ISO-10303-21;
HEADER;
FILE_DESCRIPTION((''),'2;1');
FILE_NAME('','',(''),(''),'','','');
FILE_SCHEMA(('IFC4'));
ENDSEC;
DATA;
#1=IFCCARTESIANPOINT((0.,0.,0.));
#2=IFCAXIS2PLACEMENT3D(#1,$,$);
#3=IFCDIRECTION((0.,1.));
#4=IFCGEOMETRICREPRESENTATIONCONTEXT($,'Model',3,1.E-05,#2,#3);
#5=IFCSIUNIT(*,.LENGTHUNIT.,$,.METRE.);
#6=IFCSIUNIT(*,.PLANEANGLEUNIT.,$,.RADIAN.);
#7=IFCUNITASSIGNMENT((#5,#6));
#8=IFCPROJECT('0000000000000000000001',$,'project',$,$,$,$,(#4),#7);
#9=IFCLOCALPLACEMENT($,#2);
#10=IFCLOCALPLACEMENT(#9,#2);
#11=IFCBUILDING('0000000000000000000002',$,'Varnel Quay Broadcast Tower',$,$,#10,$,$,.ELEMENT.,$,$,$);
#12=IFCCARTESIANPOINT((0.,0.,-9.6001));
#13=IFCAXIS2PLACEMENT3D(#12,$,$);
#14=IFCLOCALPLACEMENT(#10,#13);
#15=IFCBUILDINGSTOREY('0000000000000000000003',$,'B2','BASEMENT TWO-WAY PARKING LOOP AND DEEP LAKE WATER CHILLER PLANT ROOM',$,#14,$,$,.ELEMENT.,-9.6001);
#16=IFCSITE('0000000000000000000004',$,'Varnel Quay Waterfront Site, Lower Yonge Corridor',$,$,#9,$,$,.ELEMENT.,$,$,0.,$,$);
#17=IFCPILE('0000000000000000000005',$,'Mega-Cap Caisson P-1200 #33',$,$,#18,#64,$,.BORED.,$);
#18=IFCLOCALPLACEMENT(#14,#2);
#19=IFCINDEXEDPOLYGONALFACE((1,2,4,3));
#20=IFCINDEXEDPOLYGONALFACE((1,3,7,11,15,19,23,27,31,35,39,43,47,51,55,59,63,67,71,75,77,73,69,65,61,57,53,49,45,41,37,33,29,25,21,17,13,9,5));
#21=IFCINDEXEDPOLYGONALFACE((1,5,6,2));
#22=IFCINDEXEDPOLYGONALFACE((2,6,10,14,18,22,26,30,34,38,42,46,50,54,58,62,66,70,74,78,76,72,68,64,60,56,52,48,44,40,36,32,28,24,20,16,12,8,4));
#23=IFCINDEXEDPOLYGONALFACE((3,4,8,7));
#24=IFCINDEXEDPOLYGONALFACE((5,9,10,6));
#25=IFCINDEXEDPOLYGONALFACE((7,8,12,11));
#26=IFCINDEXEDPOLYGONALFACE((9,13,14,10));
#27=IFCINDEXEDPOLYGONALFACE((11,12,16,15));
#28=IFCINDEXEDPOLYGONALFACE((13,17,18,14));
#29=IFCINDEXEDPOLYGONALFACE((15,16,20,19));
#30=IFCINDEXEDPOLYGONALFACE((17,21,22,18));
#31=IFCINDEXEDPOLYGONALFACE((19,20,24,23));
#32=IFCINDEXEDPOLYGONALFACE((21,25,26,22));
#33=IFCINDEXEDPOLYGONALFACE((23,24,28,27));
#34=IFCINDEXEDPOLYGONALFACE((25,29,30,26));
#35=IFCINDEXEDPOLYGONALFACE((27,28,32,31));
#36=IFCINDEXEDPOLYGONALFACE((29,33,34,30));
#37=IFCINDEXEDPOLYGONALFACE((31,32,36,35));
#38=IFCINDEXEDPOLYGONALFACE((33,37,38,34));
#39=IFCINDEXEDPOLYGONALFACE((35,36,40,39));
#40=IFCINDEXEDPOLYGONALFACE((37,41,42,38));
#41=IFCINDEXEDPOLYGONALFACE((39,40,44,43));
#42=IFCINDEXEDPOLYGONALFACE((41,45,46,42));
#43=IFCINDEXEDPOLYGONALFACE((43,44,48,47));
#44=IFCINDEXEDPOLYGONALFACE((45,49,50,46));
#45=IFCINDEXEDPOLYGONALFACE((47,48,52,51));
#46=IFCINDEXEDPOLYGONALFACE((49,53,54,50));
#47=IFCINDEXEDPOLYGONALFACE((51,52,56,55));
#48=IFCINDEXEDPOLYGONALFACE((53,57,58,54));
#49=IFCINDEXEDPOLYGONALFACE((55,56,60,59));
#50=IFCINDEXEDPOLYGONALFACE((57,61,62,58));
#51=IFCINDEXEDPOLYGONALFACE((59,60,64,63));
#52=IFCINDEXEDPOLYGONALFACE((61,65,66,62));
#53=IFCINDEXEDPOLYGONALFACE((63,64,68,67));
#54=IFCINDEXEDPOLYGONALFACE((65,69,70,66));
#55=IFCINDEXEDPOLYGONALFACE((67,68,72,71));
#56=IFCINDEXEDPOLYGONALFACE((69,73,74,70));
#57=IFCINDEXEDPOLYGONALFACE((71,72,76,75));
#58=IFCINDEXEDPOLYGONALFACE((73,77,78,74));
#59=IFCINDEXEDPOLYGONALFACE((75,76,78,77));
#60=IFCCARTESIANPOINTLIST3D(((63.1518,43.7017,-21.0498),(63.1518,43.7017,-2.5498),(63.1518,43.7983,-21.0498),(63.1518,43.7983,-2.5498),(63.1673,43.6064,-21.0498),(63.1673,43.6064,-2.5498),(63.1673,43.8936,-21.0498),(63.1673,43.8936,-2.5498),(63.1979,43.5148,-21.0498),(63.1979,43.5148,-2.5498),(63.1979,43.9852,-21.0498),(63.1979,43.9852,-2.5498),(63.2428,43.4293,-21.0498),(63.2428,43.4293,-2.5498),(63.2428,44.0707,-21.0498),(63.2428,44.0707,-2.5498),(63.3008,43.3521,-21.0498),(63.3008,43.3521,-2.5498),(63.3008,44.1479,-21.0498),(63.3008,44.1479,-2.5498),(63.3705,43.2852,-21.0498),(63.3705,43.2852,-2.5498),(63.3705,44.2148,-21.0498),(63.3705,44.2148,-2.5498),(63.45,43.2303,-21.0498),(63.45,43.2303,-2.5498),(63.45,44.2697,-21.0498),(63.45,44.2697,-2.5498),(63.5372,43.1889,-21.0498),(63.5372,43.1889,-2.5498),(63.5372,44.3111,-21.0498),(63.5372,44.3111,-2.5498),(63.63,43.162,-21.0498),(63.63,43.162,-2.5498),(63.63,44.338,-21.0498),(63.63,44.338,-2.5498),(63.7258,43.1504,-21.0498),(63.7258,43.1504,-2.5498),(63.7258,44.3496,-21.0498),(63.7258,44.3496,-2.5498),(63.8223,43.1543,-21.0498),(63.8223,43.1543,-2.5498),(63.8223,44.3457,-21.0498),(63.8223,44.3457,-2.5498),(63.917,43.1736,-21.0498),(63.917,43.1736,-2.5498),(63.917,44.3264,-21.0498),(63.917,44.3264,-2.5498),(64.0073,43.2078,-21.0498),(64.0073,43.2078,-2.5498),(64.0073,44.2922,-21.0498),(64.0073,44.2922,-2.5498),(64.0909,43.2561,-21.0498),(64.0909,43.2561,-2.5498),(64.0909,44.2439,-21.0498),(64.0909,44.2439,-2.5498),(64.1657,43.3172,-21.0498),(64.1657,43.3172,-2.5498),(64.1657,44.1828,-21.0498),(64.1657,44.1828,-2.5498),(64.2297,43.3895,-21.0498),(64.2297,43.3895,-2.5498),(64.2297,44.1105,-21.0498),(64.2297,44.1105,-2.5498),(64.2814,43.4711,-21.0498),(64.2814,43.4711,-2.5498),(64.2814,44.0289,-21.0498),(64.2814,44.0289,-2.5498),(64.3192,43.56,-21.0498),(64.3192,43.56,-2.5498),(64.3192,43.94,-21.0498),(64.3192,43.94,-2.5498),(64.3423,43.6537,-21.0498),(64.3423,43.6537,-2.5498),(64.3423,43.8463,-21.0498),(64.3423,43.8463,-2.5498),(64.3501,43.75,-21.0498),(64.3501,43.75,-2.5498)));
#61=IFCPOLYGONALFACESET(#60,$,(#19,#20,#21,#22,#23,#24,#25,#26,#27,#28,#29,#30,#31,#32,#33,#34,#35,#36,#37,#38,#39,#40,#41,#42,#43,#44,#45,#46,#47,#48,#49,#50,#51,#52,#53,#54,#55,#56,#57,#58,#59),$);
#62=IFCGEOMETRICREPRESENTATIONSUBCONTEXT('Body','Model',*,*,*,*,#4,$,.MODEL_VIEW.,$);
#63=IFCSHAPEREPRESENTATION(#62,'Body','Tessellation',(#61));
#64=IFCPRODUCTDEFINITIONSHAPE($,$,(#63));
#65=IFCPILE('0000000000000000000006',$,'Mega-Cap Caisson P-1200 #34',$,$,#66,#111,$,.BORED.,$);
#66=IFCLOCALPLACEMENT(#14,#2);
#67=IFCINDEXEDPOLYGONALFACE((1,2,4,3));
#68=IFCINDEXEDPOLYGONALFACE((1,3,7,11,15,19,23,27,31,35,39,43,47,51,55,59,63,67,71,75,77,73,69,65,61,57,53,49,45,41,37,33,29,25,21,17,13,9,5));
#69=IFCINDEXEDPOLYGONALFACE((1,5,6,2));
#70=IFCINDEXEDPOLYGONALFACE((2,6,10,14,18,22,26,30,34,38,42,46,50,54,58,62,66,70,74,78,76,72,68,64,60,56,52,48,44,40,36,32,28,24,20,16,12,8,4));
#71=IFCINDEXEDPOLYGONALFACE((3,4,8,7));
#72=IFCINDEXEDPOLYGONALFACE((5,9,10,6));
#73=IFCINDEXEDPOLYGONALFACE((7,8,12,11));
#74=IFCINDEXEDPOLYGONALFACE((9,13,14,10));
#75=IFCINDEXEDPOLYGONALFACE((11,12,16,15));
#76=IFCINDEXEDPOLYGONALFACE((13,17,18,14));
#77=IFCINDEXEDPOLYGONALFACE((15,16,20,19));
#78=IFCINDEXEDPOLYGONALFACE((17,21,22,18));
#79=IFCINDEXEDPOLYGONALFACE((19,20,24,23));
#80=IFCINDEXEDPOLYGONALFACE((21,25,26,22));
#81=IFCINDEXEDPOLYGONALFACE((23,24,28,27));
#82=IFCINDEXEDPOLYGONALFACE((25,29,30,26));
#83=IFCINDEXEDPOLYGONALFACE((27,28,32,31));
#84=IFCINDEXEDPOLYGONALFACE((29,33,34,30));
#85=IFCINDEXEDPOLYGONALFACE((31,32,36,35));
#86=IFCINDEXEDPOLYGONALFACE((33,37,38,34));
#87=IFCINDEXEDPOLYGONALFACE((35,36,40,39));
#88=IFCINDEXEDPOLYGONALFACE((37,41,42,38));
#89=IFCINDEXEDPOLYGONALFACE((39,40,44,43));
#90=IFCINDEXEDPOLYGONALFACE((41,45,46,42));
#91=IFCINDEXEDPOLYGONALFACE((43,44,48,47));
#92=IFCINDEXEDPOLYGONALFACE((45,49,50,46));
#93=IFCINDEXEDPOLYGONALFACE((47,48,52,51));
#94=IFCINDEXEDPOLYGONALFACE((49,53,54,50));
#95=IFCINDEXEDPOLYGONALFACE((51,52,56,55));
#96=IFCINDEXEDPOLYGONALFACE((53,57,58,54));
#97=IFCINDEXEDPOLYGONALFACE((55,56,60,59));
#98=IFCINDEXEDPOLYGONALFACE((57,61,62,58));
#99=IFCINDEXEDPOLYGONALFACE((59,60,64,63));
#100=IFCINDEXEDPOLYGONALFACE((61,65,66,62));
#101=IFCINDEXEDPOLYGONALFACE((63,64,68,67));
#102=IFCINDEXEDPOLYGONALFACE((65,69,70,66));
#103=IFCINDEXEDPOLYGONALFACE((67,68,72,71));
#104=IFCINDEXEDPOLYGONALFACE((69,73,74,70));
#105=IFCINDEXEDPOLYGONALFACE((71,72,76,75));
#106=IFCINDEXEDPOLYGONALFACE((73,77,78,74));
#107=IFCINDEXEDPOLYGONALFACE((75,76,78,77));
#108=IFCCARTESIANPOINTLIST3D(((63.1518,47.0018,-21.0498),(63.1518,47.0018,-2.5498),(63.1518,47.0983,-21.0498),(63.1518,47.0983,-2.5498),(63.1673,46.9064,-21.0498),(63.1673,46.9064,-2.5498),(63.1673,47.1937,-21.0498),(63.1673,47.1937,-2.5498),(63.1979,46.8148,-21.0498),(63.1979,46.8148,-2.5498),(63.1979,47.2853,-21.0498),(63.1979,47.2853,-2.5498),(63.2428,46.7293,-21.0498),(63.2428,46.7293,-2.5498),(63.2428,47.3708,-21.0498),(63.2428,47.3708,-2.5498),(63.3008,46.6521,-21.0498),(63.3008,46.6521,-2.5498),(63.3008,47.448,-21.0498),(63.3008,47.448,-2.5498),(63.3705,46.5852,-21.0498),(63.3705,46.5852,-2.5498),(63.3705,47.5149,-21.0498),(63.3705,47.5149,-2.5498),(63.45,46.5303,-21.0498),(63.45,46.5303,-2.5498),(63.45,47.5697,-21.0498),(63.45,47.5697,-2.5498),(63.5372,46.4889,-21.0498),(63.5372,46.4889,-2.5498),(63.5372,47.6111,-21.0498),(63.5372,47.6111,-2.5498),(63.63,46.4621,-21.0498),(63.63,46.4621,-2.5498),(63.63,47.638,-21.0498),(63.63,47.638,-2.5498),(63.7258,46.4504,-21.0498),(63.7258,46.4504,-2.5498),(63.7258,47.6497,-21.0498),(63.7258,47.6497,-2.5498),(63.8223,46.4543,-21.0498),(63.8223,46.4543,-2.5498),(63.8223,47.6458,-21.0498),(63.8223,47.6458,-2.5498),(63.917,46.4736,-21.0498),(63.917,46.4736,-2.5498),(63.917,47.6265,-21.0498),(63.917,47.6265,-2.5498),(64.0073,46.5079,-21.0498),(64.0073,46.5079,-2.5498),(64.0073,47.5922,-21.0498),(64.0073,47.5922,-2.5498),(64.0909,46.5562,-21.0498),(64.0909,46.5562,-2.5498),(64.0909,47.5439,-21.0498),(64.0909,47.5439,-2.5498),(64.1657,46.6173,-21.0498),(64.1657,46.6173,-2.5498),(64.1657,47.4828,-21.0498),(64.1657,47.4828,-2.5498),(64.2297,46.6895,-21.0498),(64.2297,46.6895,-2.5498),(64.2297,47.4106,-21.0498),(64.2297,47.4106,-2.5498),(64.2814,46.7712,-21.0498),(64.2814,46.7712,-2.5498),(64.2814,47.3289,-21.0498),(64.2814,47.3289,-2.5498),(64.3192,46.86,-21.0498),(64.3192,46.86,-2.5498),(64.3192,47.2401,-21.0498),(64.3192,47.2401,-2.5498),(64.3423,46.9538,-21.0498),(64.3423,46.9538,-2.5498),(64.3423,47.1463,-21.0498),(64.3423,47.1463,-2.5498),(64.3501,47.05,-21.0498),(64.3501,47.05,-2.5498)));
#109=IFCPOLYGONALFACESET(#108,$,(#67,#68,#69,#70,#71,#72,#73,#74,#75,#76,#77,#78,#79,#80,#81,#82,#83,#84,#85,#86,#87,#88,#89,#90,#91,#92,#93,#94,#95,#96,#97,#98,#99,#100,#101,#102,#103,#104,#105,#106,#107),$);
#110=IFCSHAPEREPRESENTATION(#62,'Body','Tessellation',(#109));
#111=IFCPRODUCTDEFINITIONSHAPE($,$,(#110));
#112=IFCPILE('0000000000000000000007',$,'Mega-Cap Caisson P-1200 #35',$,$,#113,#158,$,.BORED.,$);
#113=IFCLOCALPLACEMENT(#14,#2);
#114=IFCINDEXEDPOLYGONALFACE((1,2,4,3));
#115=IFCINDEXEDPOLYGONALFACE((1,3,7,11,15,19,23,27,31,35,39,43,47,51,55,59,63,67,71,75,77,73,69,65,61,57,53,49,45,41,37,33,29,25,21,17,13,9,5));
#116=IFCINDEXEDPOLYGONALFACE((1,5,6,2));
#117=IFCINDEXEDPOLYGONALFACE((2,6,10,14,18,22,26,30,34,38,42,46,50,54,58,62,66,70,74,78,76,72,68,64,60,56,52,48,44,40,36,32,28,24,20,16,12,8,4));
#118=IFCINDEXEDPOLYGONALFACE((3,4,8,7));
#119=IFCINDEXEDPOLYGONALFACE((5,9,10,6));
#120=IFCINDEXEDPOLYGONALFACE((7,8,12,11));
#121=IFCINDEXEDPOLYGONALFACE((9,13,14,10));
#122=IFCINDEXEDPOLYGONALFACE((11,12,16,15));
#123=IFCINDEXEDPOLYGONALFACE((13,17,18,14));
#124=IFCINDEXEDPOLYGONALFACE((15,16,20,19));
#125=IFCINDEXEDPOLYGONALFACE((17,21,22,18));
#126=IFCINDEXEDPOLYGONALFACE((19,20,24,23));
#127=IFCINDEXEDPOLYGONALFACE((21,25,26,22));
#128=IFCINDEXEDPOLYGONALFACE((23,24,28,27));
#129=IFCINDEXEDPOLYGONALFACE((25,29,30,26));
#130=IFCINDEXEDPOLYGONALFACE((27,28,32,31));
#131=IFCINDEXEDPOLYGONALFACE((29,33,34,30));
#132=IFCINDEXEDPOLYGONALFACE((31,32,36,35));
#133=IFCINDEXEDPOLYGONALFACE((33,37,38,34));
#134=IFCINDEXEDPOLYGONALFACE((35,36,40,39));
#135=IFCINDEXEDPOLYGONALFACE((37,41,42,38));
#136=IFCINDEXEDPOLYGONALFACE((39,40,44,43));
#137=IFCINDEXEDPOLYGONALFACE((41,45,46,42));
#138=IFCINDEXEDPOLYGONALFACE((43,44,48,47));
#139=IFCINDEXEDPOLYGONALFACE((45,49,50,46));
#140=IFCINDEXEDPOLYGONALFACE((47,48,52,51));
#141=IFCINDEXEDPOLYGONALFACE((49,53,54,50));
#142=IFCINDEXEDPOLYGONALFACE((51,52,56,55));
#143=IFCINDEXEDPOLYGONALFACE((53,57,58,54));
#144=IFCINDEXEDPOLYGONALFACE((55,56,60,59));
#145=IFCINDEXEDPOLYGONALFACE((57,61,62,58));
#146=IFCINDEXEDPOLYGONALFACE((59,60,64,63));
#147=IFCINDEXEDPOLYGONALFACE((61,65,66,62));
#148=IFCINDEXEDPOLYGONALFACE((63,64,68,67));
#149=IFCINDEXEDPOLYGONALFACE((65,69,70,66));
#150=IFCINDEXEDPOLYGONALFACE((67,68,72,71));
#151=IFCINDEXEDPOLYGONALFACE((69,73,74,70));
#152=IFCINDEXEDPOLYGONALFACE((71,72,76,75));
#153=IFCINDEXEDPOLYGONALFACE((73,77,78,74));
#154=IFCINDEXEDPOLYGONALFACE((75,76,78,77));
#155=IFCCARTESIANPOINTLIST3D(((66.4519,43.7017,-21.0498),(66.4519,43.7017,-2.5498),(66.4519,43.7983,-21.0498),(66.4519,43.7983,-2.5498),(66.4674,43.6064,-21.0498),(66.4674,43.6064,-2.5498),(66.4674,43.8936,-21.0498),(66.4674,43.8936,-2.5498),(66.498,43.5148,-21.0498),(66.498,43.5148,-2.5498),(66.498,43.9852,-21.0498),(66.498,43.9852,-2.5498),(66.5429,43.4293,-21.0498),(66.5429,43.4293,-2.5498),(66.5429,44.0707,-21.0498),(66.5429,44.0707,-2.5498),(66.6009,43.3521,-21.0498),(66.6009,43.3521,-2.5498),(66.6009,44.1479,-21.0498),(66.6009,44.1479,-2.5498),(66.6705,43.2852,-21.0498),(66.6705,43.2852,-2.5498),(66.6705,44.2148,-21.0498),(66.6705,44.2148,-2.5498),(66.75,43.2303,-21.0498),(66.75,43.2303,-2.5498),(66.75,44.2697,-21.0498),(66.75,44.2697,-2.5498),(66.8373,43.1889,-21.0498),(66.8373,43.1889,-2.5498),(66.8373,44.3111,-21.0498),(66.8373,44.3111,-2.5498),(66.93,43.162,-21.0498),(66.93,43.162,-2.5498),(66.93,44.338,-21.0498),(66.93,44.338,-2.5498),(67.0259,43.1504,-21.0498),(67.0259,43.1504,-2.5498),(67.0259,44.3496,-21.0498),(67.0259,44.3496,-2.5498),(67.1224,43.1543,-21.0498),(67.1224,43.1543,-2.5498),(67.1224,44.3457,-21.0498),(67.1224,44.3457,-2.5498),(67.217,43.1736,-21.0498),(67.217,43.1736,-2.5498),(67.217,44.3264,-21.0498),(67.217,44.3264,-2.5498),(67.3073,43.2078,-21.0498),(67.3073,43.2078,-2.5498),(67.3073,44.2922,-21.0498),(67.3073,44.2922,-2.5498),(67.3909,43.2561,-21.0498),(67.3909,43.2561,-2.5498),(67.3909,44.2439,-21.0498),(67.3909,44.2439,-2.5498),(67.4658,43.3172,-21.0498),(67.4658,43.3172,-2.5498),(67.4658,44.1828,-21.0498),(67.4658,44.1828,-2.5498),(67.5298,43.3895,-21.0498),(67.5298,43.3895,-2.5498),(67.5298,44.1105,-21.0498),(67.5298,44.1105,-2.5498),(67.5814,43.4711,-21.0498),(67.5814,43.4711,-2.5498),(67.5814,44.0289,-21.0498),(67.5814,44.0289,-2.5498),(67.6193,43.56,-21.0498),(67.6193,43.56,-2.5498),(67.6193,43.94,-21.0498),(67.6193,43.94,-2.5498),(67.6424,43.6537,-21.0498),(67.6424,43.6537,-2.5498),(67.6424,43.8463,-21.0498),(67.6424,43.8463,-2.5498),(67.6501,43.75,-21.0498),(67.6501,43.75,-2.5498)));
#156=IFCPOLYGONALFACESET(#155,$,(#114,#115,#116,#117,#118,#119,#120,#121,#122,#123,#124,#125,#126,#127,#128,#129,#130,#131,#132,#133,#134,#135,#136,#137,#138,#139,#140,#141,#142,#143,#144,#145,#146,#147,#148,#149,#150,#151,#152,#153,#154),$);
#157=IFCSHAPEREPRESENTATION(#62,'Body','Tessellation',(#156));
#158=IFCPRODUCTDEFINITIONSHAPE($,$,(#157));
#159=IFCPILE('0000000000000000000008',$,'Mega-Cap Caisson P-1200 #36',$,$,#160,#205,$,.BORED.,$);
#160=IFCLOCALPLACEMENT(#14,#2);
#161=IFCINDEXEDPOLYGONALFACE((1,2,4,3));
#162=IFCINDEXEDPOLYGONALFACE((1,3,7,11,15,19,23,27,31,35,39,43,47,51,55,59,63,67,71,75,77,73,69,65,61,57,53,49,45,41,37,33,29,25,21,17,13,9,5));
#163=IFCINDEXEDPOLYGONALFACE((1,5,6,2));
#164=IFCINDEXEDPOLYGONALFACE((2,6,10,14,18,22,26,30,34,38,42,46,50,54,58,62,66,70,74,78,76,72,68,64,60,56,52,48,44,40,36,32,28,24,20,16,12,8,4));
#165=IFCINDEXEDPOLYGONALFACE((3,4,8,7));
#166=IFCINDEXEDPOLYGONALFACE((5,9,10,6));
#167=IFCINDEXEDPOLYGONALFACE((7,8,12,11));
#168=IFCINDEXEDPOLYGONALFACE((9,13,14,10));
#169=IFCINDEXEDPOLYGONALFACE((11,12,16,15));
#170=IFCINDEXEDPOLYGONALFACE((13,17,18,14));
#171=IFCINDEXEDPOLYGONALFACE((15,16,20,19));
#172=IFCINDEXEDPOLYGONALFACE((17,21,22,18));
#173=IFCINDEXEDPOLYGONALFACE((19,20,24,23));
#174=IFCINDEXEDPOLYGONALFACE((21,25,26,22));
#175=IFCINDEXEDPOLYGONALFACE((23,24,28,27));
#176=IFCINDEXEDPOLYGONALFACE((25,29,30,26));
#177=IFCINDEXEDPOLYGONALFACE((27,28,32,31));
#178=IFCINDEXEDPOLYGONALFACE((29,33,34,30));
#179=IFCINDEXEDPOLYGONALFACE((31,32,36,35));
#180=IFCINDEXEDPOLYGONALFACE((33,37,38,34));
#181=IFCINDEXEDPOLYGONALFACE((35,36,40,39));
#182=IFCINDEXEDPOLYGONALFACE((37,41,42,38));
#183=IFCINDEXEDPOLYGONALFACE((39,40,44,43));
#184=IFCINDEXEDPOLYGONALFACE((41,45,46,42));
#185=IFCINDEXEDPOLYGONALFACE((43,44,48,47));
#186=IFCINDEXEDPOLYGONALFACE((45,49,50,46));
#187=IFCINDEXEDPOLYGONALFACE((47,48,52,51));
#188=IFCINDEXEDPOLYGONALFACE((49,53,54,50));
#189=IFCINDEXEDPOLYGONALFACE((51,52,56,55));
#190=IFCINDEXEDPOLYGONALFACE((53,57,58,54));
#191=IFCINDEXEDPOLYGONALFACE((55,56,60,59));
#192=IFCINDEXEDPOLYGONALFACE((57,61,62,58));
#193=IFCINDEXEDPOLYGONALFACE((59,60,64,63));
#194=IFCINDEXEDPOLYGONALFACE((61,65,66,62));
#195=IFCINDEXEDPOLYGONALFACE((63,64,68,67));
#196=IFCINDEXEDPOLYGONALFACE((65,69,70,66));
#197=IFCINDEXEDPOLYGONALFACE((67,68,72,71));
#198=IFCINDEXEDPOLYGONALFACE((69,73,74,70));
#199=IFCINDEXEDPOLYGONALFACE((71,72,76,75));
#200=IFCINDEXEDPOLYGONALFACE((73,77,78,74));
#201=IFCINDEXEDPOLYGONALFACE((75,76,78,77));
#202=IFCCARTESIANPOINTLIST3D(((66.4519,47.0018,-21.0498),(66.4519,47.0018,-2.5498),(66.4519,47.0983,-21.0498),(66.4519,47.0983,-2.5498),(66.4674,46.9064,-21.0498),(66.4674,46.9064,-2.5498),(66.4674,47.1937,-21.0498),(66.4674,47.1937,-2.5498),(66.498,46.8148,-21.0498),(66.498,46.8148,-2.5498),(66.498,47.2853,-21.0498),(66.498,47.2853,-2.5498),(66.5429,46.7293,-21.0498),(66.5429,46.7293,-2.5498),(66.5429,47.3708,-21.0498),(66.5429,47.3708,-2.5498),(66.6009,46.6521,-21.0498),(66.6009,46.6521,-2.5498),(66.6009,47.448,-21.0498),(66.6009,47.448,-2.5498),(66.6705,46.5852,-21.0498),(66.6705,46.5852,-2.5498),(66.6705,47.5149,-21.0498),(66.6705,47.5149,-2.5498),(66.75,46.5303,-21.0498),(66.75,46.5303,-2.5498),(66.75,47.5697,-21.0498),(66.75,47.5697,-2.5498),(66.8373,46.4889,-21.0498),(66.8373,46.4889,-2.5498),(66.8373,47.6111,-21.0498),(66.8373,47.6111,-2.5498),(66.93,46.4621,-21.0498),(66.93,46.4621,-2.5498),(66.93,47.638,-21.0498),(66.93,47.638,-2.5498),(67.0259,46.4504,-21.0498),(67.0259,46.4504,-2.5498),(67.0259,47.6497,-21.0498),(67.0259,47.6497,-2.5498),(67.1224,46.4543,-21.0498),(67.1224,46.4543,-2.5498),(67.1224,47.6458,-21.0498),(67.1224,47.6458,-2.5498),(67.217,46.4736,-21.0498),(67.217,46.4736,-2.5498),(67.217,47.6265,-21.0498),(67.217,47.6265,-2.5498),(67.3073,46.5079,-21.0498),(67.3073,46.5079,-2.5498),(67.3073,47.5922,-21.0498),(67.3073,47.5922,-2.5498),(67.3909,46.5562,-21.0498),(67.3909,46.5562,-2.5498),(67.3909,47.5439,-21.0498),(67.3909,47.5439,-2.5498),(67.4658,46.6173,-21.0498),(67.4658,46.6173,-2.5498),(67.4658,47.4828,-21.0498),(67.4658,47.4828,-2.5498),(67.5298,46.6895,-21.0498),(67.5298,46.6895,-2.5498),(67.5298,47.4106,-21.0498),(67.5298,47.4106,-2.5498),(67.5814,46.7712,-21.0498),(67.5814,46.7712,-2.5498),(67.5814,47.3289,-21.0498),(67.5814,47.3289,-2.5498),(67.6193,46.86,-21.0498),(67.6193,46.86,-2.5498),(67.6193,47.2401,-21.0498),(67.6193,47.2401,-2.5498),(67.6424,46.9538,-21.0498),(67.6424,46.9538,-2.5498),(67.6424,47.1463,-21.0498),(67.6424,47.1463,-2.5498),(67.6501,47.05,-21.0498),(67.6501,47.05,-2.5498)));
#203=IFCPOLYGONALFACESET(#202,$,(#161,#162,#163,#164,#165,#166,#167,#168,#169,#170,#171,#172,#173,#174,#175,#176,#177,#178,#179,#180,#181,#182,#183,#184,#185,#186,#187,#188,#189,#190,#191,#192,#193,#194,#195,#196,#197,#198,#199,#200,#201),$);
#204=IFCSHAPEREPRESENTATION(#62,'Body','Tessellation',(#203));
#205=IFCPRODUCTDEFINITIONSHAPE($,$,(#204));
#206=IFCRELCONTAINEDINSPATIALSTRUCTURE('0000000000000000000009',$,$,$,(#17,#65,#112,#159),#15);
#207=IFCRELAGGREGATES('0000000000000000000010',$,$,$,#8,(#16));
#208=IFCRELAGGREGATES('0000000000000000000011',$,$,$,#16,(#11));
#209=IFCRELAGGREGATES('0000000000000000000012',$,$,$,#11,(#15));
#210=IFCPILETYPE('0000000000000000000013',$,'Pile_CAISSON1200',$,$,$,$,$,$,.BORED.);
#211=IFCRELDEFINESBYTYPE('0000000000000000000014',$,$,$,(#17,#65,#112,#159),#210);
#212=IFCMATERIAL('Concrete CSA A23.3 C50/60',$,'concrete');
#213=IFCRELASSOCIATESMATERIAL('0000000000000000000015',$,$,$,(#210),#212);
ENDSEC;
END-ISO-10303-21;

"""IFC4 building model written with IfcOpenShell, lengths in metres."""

from ifc_helpers import new_model, si_unit, direction, frame, origin, origin_2d, place, context, subcontext, project, spatial, circle, extrude, source, transform, mapped, material, material_profile, profile_set, type_object, element, save


model = new_model("IFC4")

# Units and contexts
model_context = context("Model", 3, precision=1e-05, world=origin(), true_north=direction((0.0, 1.0)))
body_context = subcontext(model_context, "Body", "Model", "MODEL_VIEW")
ifc_project = project(units=[si_unit("LENGTHUNIT", "METRE"), si_unit("PLANEANGLEUNIT", "RADIAN")], contexts=[model_context])

# Site, building, storey
site_placement = place(None, origin())
site = spatial("IfcSite", under=ifc_project, at=site_placement, Name="Varnel Quay Waterfront Site, Lower Yonge Corridor", CompositionType="ELEMENT", RefElevation=0.0)
building_placement = place(site_placement, origin())
building = spatial("IfcBuilding", under=site, at=building_placement, Name="Varnel Quay Broadcast Tower", CompositionType="ELEMENT")
storey_placement = place(building_placement, frame((0.0, 0.0, -9.6001)))
storey = spatial("IfcBuildingStorey", under=building, at=storey_placement, Name="B2", Description="BASEMENT TWO-WAY PARKING LOOP AND DEEP LAKE WATER CHILLER PLANT ROOM", CompositionType="ELEMENT", Elevation=-9.6001)

# Piles
ifc_material_1 = material(Name="Concrete CSA A23.3 C50/60", Category="concrete")
ifc_material_profile_1 = material_profile(ifc_material_1, circle(Radius=0.6001, at=origin_2d()), Name="CAISSON1200")
ifc_profile_set_1 = profile_set([ifc_material_profile_1], Name="Concrete CSA A23.3 C50/60")
pile_type = type_object("IfcPileType", Name="Pile_CAISSON1200", PredefinedType="BORED", material=ifc_profile_set_1)
shared_shape_1 = source(origin(), body_context, "Body", "SweptSolid", [
    extrude(circle(Radius=0.6001, at=origin_2d()), origin(), (0.0, 0.0, 1.0), 18.5),
])
for number, where, z_axis, x_axis, name in (
    (1, (63.75, 43.75, -2.5498), (0.0, 0.0, -1.0), (1.0, 0.0, 0.0), "Mega-Cap Caisson P-1200 #33"),
    (2, (63.75, 47.05, -2.5498), (0.0, 0.0, -1.0), (1.0, 0.0, 0.0), "Mega-Cap Caisson P-1200 #34"),
    (3, (67.05, 43.75, -2.5498), (0.0, 0.0, -1.0), (1.0, 0.0, 0.0), "Mega-Cap Caisson P-1200 #35"),
    (4, (67.05, 47.05, -2.5498), (0.0, 0.0, -1.0), (1.0, 0.0, 0.0), "Mega-Cap Caisson P-1200 #36"),
):
    element("IfcPile", number, at=place(storey_placement, frame(where, z_axis=z_axis, x_axis=x_axis)), inside=storey, type_object=pile_type, Name=name, PredefinedType="BORED", context=body_context, shape_type="MappedRepresentation", body=[
        mapped(shared_shape_1, transform((0.0, 0.0, 0.0), x_axis=(1.0, 0.0, 0.0), y_axis=(0.0, 1.0, 0.0), z_axis=(0.0, 0.0, 1.0), scale=1.0)),
    ])

save(model, "model.ifc")
